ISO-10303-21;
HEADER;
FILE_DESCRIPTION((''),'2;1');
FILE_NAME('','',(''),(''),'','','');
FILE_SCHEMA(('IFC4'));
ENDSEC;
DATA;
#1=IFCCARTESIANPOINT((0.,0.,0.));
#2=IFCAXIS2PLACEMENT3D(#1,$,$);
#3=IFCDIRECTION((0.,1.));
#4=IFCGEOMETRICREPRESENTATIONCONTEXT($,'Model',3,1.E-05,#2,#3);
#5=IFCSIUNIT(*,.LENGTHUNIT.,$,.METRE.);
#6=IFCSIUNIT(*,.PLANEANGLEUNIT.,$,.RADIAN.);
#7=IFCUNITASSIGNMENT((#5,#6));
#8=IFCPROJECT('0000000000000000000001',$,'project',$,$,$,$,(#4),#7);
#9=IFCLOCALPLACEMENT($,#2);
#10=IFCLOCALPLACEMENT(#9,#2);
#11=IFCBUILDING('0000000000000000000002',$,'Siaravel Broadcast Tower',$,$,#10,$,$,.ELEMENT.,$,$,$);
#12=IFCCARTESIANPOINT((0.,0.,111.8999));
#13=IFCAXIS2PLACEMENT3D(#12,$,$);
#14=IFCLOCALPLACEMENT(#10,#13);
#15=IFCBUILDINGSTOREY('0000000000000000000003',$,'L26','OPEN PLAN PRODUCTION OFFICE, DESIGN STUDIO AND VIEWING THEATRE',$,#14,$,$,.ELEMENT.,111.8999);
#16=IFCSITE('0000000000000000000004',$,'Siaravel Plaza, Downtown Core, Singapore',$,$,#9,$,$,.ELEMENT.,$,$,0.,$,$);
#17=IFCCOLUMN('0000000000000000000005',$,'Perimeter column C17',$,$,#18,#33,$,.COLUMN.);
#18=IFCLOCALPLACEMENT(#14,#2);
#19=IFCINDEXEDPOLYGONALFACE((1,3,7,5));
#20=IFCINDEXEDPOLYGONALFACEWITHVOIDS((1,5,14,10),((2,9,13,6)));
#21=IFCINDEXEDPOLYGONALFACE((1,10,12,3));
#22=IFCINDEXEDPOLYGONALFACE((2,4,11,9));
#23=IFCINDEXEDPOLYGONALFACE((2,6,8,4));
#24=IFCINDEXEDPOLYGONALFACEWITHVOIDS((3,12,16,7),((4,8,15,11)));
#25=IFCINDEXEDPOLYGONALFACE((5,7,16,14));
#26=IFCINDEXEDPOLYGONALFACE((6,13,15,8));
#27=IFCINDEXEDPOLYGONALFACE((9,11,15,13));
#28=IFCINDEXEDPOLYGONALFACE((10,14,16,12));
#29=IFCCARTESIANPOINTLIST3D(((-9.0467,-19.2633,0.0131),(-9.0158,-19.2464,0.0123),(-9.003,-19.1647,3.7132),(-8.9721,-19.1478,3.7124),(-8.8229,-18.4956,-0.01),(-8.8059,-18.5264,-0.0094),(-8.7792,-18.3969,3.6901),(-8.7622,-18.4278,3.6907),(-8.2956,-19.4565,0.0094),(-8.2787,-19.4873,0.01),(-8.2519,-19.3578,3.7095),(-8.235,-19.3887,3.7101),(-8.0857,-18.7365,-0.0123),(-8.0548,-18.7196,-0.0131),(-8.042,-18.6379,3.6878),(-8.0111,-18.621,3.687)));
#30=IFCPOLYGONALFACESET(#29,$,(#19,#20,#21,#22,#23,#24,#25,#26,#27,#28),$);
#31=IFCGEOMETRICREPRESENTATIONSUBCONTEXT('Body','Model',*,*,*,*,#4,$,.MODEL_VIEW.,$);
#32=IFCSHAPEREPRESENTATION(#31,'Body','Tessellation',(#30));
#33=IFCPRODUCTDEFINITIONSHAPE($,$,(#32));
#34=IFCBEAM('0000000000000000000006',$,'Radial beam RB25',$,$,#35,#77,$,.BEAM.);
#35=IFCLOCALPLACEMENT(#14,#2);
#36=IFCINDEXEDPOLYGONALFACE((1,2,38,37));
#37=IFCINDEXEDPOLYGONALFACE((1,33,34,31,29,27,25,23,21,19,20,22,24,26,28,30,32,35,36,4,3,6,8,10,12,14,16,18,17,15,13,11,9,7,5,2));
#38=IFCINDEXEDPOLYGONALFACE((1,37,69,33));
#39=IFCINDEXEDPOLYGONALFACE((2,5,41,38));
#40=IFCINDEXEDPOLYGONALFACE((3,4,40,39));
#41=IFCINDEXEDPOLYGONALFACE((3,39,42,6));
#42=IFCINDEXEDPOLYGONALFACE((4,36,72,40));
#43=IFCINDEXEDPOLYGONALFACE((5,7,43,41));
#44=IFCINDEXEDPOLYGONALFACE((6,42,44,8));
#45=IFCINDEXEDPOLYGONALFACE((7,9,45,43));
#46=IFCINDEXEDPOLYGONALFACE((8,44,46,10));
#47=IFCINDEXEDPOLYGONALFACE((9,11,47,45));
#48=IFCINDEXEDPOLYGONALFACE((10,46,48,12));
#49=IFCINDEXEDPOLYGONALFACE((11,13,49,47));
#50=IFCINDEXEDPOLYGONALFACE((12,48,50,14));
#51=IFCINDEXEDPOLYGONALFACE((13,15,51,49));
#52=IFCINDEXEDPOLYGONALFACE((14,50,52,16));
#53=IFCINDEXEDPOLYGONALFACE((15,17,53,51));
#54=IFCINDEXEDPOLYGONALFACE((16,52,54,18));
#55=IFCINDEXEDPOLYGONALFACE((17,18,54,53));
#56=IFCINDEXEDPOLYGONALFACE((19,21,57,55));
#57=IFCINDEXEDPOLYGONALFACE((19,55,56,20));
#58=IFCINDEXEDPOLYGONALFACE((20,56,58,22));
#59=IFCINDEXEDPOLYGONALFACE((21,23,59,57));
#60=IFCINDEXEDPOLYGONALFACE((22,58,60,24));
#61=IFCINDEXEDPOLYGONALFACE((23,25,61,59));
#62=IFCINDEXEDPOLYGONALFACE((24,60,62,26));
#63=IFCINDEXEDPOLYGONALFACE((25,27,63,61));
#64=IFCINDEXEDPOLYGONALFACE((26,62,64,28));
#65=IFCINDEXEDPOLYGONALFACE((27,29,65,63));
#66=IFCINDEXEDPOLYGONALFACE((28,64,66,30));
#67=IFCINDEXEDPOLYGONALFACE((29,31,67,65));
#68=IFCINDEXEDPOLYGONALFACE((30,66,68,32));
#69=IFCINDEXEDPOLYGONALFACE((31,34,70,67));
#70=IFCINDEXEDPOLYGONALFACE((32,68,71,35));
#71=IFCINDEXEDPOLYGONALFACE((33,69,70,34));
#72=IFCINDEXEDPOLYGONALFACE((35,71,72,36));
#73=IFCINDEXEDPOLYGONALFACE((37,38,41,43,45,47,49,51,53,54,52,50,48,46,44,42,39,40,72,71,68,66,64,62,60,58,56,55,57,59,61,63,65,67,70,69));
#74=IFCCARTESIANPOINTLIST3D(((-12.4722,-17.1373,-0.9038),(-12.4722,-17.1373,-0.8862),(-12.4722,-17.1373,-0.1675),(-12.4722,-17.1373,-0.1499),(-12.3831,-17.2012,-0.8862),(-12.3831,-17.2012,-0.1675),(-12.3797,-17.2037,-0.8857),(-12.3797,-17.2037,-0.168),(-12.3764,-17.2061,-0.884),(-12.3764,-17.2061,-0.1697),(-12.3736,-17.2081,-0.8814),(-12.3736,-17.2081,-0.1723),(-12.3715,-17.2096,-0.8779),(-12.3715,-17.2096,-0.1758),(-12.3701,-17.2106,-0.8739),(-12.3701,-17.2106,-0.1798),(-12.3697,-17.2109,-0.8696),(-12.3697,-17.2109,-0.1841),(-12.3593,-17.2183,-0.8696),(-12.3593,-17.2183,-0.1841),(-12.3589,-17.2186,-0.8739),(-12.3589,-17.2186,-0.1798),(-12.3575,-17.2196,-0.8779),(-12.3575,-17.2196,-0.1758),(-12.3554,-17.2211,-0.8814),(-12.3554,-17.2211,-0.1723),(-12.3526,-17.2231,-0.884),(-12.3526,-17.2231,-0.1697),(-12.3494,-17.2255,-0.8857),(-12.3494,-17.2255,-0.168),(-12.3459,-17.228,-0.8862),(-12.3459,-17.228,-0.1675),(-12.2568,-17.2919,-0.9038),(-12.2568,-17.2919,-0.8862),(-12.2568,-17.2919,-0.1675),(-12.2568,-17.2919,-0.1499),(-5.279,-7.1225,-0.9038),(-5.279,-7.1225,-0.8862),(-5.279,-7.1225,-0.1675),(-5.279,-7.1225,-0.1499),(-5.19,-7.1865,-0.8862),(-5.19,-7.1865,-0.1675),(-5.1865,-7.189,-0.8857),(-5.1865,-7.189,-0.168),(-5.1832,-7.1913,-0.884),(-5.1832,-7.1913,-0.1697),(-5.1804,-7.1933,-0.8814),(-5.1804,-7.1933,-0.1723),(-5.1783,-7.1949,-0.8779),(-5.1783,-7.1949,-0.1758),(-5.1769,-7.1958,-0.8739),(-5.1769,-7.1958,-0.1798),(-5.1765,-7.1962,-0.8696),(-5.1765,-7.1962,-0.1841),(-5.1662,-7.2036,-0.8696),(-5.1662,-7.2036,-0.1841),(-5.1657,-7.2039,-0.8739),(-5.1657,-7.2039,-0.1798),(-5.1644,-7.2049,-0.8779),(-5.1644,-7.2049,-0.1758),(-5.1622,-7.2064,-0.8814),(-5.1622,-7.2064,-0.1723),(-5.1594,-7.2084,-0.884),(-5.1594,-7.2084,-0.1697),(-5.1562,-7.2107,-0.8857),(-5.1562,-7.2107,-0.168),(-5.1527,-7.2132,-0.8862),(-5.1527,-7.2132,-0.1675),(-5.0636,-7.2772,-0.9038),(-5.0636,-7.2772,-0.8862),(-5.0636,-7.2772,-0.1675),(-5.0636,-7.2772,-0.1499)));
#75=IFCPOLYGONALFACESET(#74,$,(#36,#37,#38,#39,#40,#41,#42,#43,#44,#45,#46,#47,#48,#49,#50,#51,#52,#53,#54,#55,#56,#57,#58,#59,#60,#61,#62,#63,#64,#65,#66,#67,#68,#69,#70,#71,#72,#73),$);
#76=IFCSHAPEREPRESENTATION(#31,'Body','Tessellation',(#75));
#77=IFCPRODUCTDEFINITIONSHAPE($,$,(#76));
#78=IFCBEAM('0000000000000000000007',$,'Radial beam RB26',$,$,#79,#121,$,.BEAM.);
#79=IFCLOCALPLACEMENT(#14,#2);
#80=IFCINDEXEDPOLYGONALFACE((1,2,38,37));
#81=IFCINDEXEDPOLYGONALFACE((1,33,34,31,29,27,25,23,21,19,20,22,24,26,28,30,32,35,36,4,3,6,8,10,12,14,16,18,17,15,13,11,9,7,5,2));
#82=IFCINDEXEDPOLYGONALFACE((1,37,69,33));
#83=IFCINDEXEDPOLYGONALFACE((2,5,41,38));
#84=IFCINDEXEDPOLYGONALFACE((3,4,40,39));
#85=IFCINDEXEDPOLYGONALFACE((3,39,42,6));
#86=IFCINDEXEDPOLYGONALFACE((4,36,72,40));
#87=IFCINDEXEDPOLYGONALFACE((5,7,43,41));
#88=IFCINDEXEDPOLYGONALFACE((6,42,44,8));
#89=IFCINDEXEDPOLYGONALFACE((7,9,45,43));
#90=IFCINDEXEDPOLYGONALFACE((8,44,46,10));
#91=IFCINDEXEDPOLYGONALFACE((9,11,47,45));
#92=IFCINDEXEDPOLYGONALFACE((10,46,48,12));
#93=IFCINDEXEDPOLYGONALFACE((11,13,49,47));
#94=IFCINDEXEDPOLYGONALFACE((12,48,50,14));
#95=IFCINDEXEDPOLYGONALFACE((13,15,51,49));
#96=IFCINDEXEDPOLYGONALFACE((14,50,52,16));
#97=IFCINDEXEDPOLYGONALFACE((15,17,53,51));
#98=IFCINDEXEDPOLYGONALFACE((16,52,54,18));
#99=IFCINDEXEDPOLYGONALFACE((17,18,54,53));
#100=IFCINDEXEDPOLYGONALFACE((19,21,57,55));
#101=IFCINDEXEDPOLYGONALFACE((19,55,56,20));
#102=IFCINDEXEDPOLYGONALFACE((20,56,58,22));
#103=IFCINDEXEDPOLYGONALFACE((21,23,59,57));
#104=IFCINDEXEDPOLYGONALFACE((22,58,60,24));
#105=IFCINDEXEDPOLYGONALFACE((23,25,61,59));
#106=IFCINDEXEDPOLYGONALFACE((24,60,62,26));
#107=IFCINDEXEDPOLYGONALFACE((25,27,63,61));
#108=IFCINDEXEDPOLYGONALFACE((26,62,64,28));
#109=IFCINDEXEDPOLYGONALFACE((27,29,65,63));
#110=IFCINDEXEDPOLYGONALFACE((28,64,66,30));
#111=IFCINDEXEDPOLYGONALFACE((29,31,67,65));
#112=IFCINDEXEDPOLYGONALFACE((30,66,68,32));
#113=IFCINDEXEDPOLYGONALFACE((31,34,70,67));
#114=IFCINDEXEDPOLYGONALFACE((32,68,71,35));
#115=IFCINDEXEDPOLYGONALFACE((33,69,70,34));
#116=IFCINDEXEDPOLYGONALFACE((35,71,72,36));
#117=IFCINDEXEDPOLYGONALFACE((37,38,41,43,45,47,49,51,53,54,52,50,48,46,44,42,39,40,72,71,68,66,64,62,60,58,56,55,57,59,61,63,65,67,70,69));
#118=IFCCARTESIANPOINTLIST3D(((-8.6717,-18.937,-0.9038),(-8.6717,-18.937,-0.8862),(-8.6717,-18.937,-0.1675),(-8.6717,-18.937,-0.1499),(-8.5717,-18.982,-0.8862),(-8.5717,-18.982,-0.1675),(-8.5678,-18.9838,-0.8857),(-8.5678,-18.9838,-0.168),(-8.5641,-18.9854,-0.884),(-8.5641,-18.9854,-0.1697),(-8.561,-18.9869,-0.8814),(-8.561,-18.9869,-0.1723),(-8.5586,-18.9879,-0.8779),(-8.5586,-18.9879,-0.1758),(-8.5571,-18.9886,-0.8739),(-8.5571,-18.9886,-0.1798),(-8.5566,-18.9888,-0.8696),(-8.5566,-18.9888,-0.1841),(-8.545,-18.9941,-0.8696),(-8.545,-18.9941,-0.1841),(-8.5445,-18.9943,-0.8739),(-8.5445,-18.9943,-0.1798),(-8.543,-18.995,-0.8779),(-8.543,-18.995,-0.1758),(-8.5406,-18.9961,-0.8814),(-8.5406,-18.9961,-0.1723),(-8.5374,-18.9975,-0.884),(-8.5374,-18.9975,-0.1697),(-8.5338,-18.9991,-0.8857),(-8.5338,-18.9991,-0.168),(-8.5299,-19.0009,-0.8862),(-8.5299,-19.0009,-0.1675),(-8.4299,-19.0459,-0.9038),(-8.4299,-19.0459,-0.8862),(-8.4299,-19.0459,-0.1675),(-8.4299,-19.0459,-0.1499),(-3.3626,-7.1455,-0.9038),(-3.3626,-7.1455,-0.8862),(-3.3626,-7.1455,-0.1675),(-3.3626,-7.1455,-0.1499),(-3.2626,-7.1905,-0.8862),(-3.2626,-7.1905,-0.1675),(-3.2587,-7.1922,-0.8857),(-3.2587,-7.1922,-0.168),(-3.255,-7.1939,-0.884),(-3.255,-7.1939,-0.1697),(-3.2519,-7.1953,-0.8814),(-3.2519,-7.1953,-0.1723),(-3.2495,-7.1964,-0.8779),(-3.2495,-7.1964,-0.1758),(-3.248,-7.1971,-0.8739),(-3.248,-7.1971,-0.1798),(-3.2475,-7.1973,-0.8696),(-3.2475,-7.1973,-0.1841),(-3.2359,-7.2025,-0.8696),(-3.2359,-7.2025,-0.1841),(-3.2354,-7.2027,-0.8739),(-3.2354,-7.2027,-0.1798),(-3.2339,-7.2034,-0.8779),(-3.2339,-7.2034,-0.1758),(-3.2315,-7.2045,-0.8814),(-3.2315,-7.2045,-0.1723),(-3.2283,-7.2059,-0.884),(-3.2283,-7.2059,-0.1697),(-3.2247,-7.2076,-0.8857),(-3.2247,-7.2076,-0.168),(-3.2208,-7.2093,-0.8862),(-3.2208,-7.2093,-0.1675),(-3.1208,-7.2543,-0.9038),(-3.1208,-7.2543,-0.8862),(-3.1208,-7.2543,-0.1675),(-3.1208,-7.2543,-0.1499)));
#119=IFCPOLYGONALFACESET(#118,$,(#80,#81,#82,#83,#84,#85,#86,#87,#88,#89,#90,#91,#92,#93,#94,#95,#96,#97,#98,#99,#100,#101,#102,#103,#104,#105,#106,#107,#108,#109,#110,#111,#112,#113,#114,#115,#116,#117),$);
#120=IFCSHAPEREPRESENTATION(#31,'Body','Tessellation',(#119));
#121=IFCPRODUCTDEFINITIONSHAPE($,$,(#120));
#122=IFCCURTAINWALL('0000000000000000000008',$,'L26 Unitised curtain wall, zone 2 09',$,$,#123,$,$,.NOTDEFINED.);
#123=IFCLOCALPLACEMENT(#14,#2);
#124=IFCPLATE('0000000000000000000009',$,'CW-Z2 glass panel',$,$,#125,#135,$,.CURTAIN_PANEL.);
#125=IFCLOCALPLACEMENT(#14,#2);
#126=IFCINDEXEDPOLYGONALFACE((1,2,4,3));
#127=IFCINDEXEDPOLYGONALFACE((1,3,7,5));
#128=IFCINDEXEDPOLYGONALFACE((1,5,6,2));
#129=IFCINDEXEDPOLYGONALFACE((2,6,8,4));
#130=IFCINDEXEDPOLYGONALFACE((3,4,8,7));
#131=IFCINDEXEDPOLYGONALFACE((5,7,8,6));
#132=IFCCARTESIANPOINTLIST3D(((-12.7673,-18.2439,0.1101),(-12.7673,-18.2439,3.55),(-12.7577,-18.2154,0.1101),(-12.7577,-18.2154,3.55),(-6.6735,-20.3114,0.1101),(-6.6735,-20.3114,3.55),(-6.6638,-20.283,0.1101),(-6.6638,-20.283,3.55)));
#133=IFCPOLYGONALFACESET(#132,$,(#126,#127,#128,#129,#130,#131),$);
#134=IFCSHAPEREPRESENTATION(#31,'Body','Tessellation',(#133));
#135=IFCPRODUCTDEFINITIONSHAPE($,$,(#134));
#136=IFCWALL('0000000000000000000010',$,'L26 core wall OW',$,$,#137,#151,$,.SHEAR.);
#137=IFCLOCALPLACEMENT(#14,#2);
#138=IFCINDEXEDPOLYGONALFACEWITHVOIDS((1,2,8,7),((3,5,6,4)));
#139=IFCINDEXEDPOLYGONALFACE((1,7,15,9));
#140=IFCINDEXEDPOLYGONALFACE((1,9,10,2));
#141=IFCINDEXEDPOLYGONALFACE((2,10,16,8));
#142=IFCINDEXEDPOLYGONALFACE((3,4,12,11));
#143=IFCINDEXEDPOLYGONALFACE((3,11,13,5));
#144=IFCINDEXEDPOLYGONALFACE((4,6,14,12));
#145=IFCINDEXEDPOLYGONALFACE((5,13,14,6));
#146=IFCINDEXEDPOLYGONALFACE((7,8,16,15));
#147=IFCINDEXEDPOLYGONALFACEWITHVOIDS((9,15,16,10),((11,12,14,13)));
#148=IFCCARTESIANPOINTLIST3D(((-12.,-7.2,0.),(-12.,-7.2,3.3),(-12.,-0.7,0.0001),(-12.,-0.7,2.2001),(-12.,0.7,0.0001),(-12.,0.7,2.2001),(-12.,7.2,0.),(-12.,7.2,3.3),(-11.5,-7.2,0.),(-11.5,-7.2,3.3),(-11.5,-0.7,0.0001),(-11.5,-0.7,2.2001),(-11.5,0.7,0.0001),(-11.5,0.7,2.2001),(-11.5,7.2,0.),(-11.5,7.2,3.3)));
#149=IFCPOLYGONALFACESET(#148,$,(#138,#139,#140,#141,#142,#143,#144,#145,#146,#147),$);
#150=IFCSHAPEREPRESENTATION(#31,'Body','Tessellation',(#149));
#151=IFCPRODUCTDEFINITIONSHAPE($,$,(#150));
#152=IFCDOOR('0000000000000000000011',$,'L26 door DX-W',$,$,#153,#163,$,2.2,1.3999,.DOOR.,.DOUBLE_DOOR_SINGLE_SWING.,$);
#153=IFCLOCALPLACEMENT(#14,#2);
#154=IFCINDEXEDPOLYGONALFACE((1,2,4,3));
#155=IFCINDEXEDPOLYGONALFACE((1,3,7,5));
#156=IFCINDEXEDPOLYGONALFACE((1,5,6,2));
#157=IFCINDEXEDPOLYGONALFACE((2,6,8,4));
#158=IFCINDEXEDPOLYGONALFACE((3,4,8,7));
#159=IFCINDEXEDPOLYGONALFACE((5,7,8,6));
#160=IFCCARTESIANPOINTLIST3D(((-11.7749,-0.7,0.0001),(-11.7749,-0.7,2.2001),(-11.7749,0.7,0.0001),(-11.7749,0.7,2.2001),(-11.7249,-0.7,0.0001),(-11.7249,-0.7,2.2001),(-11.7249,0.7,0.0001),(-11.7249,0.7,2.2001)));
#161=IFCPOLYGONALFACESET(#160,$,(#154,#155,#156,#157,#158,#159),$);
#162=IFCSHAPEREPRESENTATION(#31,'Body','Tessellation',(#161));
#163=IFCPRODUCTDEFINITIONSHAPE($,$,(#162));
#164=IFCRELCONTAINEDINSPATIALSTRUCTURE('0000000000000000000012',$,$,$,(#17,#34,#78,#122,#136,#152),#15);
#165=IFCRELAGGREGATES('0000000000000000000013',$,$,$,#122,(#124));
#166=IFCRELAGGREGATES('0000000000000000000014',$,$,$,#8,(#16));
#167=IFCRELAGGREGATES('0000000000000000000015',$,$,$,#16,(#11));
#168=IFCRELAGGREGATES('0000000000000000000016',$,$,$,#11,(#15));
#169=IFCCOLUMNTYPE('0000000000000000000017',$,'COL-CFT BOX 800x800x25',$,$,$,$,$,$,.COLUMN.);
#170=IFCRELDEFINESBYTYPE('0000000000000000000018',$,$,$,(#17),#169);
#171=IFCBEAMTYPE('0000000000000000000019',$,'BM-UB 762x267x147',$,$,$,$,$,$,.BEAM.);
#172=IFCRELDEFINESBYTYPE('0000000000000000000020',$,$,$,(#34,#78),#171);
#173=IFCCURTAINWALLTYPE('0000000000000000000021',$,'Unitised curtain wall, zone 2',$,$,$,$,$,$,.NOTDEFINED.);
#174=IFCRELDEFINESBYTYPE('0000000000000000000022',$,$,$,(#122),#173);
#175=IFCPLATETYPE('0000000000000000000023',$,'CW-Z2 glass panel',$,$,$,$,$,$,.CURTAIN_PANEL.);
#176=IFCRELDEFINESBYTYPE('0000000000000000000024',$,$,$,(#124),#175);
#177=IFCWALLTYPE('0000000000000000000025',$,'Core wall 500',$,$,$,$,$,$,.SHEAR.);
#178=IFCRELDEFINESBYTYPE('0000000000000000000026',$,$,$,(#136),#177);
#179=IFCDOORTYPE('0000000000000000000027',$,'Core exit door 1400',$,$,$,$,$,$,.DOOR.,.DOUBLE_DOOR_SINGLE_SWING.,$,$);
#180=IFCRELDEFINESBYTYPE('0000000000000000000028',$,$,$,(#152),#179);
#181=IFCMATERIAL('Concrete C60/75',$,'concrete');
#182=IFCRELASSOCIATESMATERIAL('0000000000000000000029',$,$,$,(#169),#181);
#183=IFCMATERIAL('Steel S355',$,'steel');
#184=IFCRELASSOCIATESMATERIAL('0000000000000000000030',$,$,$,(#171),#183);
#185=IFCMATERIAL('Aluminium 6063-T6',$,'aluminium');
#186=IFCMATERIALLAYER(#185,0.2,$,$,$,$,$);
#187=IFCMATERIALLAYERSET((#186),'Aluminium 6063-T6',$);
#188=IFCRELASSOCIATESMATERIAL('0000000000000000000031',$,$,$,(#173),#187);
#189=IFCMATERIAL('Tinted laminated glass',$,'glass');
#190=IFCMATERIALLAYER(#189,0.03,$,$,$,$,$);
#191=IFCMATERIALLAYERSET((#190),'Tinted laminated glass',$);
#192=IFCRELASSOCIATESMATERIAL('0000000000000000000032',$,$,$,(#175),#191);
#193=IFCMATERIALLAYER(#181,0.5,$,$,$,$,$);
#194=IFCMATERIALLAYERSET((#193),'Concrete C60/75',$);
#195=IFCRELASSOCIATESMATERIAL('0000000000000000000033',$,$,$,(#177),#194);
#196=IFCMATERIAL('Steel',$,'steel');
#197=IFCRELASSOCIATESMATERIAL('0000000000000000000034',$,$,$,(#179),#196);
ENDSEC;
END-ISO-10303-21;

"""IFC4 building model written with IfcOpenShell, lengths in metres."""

from ifc_helpers import new_model, si_unit, direction, frame, frame_2d, origin, origin_2d, place, context, subcontext, project, spatial, rectangle, hollow_rectangle, i_section, extrude, material, layer, layer_set, material_profile, profile_set, type_object, element, fill, aggregate, save


model = new_model("IFC4")

# Units and contexts
model_context = context("Model", 3, precision=1e-05, world=origin(), true_north=direction((0.0, 1.0)))
body_context = subcontext(model_context, "Body", "Model", "MODEL_VIEW")
ifc_project = project(units=[si_unit("LENGTHUNIT", "METRE"), si_unit("PLANEANGLEUNIT", "RADIAN")], contexts=[model_context])

# Site, building, storey
site_placement = place(None, origin())
site = spatial("IfcSite", under=ifc_project, at=site_placement, Name="Siaravel Plaza, Downtown Core, Singapore", CompositionType="ELEMENT", RefElevation=0.0)
building_placement = place(site_placement, origin())
building = spatial("IfcBuilding", under=site, at=building_placement, Name="Siaravel Broadcast Tower", CompositionType="ELEMENT")
storey_placement = place(building_placement, frame((0.0, 0.0, 111.8999)))
storey = spatial("IfcBuildingStorey", under=building, at=storey_placement, Name="L26", Description="OPEN PLAN PRODUCTION OFFICE, DESIGN STUDIO AND VIEWING THEATRE", CompositionType="ELEMENT", Elevation=111.8999)

# Column
ifc_material_1 = material(Name="Concrete C60/75", Category="concrete")
ifc_material_profile_1 = material_profile(ifc_material_1, hollow_rectangle(XDim=0.8, YDim=0.8, WallThickness=0.0249, at=origin_2d()))
ifc_profile_set_1 = profile_set([ifc_material_profile_1], Name="Concrete C60/75")
column_type = type_object("IfcColumnType", Name="COL-CFT BOX 800x800x25", PredefinedType="COLUMN", material=ifc_profile_set_1)
column_placement = place(storey_placement, frame((-8.5508, -18.9915, 0.0), z_axis=(0.011805, 0.026645, 0.999575), x_axis=(-0.95999, 0.280009, 0.003874)))
element("IfcColumn", 1, at=column_placement, inside=storey, type_object=column_type, Name="Perimeter column C17", PredefinedType="COLUMN", context=body_context, shape_type="SweptSolid", body=[
    extrude(hollow_rectangle(XDim=0.8, YDim=0.8, WallThickness=0.0249, at=origin_2d()), origin(), (0.0, 0.0, 1.0), 3.7017),
])

# Beams
ifc_material_2 = material(Name="Steel S355", Category="steel")
ifc_material_profile_2 = material_profile(ifc_material_2, i_section(OverallWidth=0.2651, OverallDepth=0.7539, WebThickness=0.0127, FlangeThickness=0.0176, FilletRadius=0.0166, at=origin_2d()))
ifc_profile_set_2 = profile_set([ifc_material_profile_2], Name="Steel S355")
beam_type = type_object("IfcBeamType", Name="BM-UB 762x267x147", PredefinedType="BEAM", material=ifc_profile_set_2)
beam_1_placement = place(storey_placement, frame((-12.3645, -17.2146, -0.5269), z_axis=(0.583373, 0.812204, 0.0), x_axis=(-0.812204, 0.583373, 0.0)))
element("IfcBeam", 2, at=beam_1_placement, inside=storey, type_object=beam_type, Name="Radial beam RB25", PredefinedType="BEAM", context=body_context, shape_type="SweptSolid", body=[
    extrude(i_section(OverallWidth=0.2651, OverallDepth=0.7539, WebThickness=0.0127, FlangeThickness=0.0176, FilletRadius=0.0166, at=origin_2d()), origin(), (0.0, 0.0, 1.0), 12.3303),
])
beam_2_placement = place(storey_placement, frame((-8.5508, -18.9915, -0.5269), z_axis=(0.410552, 0.911837, 0.0), x_axis=(-0.911837, 0.410552, 0.0)))
element("IfcBeam", 3, at=beam_2_placement, inside=storey, type_object=beam_type, Name="Radial beam RB26", PredefinedType="BEAM", context=body_context, shape_type="SweptSolid", body=[
    extrude(i_section(OverallWidth=0.2651, OverallDepth=0.7539, WebThickness=0.0127, FlangeThickness=0.0176, FilletRadius=0.0166, at=origin_2d()), origin(), (0.0, 0.0, 1.0), 12.9316),
])

# Curtain wall, plate
ifc_material_3 = material(Name="Aluminium 6063-T6", Category="aluminium")
ifc_layer_1 = layer(ifc_material_3, 0.2)
ifc_layer_set_1 = layer_set([ifc_layer_1], Name="Aluminium 6063-T6")
curtain_wall_type = type_object("IfcCurtainWallType", Name="Unitised curtain wall, zone 2", PredefinedType="NOTDEFINED", material=ifc_layer_set_1)
curtain_wall_placement = place(storey_placement, origin())
curtain_wall = element("IfcCurtainWall", 4, at=curtain_wall_placement, inside=storey, type_object=curtain_wall_type, Name="L26 Unitised curtain wall, zone 2 09", PredefinedType="NOTDEFINED")
ifc_material_4 = material(Name="Tinted laminated glass", Category="glass")
ifc_layer_2 = layer(ifc_material_4, 0.03)
ifc_layer_set_2 = layer_set([ifc_layer_2], Name="Tinted laminated glass")
plate_type = type_object("IfcPlateType", Name="CW-Z2 glass panel", PredefinedType="CURTAIN_PANEL", material=ifc_layer_set_2)
plate_placement = place(storey_placement, frame((-9.7156, -19.2634, 0.1101), z_axis=(0.0, 0.0, 1.0), x_axis=(0.946977, -0.321301, 0.0)))
plate = element("IfcPlate", 5, at=plate_placement, type_object=plate_type, Name="CW-Z2 glass panel", PredefinedType="CURTAIN_PANEL", context=body_context, shape_type="SweptSolid", body=[
    extrude(rectangle(XDim=6.4351, YDim=0.03, at=origin_2d()), origin(), (0.0, 0.0, 1.0), 3.4399),
])
aggregate(curtain_wall, [plate])

# Wall, opening, door
ifc_layer_3 = layer(ifc_material_1, 0.5)
ifc_layer_set_3 = layer_set([ifc_layer_3], Name="Concrete C60/75")
wall_type_1 = type_object("IfcWallType", Name="Core wall 500", PredefinedType="SHEAR", material=ifc_layer_set_3)
wall_1_placement = place(storey_placement, frame((-11.75, -7.2, 0.0), z_axis=(0.0, 0.0, 1.0), x_axis=(0.0, 1.0, 0.0)))
wall_1 = element("IfcWall", 6, at=wall_1_placement, inside=storey, type_object=wall_type_1, Name="L26 core wall OW", PredefinedType="SHEAR", context=body_context, shape_type="SweptSolid", body=[
    extrude(rectangle(XDim=14.3999, YDim=0.5, at=frame_2d((7.2, 0.0))), origin(), (0.0, 0.0, 1.0), 3.3),
])
opening_1_placement = place(wall_1_placement, frame((6.5, 0.0, 0.0)))
opening_1 = element("IfcOpeningElement", 7, at=opening_1_placement, cuts=wall_1, PredefinedType="OPENING", context=body_context, shape_type="SweptSolid", body=[
    extrude(rectangle(XDim=1.3999, YDim=2.2, at=frame_2d((0.7, 1.1001))), frame((0.0, 0.26, 0.0), z_axis=(0.0, -1.0, 0.0), x_axis=(1.0, 0.0, 0.0)), (0.0, 0.0, 1.0), 0.52),
])
ifc_material_5 = material(Name="Steel", Category="steel")
door_type_1 = type_object("IfcDoorType", Name="Core exit door 1400", OperationType="DOUBLE_DOOR_SINGLE_SWING", PredefinedType="DOOR", material=ifc_material_5)
door_1_placement = place(opening_1_placement, origin())
door_1 = element("IfcDoor", 8, at=door_1_placement, inside=storey, type_object=door_type_1, Name="L26 door DX-W", OperationType="DOUBLE_DOOR_SINGLE_SWING", OverallHeight=2.2, OverallWidth=1.3999, PredefinedType="DOOR", context=body_context, shape_type="SweptSolid", body=[
    extrude(rectangle(XDim=1.3999, YDim=2.2, at=frame_2d((0.7, 1.1001))), frame((0.0, 0.0249, 0.0), z_axis=(0.0, -1.0, 0.0), x_axis=(1.0, 0.0, 0.0)), (0.0, 0.0, 1.0), 0.05),
])
fill(opening_1, door_1)

save(model, "model.ifc")
